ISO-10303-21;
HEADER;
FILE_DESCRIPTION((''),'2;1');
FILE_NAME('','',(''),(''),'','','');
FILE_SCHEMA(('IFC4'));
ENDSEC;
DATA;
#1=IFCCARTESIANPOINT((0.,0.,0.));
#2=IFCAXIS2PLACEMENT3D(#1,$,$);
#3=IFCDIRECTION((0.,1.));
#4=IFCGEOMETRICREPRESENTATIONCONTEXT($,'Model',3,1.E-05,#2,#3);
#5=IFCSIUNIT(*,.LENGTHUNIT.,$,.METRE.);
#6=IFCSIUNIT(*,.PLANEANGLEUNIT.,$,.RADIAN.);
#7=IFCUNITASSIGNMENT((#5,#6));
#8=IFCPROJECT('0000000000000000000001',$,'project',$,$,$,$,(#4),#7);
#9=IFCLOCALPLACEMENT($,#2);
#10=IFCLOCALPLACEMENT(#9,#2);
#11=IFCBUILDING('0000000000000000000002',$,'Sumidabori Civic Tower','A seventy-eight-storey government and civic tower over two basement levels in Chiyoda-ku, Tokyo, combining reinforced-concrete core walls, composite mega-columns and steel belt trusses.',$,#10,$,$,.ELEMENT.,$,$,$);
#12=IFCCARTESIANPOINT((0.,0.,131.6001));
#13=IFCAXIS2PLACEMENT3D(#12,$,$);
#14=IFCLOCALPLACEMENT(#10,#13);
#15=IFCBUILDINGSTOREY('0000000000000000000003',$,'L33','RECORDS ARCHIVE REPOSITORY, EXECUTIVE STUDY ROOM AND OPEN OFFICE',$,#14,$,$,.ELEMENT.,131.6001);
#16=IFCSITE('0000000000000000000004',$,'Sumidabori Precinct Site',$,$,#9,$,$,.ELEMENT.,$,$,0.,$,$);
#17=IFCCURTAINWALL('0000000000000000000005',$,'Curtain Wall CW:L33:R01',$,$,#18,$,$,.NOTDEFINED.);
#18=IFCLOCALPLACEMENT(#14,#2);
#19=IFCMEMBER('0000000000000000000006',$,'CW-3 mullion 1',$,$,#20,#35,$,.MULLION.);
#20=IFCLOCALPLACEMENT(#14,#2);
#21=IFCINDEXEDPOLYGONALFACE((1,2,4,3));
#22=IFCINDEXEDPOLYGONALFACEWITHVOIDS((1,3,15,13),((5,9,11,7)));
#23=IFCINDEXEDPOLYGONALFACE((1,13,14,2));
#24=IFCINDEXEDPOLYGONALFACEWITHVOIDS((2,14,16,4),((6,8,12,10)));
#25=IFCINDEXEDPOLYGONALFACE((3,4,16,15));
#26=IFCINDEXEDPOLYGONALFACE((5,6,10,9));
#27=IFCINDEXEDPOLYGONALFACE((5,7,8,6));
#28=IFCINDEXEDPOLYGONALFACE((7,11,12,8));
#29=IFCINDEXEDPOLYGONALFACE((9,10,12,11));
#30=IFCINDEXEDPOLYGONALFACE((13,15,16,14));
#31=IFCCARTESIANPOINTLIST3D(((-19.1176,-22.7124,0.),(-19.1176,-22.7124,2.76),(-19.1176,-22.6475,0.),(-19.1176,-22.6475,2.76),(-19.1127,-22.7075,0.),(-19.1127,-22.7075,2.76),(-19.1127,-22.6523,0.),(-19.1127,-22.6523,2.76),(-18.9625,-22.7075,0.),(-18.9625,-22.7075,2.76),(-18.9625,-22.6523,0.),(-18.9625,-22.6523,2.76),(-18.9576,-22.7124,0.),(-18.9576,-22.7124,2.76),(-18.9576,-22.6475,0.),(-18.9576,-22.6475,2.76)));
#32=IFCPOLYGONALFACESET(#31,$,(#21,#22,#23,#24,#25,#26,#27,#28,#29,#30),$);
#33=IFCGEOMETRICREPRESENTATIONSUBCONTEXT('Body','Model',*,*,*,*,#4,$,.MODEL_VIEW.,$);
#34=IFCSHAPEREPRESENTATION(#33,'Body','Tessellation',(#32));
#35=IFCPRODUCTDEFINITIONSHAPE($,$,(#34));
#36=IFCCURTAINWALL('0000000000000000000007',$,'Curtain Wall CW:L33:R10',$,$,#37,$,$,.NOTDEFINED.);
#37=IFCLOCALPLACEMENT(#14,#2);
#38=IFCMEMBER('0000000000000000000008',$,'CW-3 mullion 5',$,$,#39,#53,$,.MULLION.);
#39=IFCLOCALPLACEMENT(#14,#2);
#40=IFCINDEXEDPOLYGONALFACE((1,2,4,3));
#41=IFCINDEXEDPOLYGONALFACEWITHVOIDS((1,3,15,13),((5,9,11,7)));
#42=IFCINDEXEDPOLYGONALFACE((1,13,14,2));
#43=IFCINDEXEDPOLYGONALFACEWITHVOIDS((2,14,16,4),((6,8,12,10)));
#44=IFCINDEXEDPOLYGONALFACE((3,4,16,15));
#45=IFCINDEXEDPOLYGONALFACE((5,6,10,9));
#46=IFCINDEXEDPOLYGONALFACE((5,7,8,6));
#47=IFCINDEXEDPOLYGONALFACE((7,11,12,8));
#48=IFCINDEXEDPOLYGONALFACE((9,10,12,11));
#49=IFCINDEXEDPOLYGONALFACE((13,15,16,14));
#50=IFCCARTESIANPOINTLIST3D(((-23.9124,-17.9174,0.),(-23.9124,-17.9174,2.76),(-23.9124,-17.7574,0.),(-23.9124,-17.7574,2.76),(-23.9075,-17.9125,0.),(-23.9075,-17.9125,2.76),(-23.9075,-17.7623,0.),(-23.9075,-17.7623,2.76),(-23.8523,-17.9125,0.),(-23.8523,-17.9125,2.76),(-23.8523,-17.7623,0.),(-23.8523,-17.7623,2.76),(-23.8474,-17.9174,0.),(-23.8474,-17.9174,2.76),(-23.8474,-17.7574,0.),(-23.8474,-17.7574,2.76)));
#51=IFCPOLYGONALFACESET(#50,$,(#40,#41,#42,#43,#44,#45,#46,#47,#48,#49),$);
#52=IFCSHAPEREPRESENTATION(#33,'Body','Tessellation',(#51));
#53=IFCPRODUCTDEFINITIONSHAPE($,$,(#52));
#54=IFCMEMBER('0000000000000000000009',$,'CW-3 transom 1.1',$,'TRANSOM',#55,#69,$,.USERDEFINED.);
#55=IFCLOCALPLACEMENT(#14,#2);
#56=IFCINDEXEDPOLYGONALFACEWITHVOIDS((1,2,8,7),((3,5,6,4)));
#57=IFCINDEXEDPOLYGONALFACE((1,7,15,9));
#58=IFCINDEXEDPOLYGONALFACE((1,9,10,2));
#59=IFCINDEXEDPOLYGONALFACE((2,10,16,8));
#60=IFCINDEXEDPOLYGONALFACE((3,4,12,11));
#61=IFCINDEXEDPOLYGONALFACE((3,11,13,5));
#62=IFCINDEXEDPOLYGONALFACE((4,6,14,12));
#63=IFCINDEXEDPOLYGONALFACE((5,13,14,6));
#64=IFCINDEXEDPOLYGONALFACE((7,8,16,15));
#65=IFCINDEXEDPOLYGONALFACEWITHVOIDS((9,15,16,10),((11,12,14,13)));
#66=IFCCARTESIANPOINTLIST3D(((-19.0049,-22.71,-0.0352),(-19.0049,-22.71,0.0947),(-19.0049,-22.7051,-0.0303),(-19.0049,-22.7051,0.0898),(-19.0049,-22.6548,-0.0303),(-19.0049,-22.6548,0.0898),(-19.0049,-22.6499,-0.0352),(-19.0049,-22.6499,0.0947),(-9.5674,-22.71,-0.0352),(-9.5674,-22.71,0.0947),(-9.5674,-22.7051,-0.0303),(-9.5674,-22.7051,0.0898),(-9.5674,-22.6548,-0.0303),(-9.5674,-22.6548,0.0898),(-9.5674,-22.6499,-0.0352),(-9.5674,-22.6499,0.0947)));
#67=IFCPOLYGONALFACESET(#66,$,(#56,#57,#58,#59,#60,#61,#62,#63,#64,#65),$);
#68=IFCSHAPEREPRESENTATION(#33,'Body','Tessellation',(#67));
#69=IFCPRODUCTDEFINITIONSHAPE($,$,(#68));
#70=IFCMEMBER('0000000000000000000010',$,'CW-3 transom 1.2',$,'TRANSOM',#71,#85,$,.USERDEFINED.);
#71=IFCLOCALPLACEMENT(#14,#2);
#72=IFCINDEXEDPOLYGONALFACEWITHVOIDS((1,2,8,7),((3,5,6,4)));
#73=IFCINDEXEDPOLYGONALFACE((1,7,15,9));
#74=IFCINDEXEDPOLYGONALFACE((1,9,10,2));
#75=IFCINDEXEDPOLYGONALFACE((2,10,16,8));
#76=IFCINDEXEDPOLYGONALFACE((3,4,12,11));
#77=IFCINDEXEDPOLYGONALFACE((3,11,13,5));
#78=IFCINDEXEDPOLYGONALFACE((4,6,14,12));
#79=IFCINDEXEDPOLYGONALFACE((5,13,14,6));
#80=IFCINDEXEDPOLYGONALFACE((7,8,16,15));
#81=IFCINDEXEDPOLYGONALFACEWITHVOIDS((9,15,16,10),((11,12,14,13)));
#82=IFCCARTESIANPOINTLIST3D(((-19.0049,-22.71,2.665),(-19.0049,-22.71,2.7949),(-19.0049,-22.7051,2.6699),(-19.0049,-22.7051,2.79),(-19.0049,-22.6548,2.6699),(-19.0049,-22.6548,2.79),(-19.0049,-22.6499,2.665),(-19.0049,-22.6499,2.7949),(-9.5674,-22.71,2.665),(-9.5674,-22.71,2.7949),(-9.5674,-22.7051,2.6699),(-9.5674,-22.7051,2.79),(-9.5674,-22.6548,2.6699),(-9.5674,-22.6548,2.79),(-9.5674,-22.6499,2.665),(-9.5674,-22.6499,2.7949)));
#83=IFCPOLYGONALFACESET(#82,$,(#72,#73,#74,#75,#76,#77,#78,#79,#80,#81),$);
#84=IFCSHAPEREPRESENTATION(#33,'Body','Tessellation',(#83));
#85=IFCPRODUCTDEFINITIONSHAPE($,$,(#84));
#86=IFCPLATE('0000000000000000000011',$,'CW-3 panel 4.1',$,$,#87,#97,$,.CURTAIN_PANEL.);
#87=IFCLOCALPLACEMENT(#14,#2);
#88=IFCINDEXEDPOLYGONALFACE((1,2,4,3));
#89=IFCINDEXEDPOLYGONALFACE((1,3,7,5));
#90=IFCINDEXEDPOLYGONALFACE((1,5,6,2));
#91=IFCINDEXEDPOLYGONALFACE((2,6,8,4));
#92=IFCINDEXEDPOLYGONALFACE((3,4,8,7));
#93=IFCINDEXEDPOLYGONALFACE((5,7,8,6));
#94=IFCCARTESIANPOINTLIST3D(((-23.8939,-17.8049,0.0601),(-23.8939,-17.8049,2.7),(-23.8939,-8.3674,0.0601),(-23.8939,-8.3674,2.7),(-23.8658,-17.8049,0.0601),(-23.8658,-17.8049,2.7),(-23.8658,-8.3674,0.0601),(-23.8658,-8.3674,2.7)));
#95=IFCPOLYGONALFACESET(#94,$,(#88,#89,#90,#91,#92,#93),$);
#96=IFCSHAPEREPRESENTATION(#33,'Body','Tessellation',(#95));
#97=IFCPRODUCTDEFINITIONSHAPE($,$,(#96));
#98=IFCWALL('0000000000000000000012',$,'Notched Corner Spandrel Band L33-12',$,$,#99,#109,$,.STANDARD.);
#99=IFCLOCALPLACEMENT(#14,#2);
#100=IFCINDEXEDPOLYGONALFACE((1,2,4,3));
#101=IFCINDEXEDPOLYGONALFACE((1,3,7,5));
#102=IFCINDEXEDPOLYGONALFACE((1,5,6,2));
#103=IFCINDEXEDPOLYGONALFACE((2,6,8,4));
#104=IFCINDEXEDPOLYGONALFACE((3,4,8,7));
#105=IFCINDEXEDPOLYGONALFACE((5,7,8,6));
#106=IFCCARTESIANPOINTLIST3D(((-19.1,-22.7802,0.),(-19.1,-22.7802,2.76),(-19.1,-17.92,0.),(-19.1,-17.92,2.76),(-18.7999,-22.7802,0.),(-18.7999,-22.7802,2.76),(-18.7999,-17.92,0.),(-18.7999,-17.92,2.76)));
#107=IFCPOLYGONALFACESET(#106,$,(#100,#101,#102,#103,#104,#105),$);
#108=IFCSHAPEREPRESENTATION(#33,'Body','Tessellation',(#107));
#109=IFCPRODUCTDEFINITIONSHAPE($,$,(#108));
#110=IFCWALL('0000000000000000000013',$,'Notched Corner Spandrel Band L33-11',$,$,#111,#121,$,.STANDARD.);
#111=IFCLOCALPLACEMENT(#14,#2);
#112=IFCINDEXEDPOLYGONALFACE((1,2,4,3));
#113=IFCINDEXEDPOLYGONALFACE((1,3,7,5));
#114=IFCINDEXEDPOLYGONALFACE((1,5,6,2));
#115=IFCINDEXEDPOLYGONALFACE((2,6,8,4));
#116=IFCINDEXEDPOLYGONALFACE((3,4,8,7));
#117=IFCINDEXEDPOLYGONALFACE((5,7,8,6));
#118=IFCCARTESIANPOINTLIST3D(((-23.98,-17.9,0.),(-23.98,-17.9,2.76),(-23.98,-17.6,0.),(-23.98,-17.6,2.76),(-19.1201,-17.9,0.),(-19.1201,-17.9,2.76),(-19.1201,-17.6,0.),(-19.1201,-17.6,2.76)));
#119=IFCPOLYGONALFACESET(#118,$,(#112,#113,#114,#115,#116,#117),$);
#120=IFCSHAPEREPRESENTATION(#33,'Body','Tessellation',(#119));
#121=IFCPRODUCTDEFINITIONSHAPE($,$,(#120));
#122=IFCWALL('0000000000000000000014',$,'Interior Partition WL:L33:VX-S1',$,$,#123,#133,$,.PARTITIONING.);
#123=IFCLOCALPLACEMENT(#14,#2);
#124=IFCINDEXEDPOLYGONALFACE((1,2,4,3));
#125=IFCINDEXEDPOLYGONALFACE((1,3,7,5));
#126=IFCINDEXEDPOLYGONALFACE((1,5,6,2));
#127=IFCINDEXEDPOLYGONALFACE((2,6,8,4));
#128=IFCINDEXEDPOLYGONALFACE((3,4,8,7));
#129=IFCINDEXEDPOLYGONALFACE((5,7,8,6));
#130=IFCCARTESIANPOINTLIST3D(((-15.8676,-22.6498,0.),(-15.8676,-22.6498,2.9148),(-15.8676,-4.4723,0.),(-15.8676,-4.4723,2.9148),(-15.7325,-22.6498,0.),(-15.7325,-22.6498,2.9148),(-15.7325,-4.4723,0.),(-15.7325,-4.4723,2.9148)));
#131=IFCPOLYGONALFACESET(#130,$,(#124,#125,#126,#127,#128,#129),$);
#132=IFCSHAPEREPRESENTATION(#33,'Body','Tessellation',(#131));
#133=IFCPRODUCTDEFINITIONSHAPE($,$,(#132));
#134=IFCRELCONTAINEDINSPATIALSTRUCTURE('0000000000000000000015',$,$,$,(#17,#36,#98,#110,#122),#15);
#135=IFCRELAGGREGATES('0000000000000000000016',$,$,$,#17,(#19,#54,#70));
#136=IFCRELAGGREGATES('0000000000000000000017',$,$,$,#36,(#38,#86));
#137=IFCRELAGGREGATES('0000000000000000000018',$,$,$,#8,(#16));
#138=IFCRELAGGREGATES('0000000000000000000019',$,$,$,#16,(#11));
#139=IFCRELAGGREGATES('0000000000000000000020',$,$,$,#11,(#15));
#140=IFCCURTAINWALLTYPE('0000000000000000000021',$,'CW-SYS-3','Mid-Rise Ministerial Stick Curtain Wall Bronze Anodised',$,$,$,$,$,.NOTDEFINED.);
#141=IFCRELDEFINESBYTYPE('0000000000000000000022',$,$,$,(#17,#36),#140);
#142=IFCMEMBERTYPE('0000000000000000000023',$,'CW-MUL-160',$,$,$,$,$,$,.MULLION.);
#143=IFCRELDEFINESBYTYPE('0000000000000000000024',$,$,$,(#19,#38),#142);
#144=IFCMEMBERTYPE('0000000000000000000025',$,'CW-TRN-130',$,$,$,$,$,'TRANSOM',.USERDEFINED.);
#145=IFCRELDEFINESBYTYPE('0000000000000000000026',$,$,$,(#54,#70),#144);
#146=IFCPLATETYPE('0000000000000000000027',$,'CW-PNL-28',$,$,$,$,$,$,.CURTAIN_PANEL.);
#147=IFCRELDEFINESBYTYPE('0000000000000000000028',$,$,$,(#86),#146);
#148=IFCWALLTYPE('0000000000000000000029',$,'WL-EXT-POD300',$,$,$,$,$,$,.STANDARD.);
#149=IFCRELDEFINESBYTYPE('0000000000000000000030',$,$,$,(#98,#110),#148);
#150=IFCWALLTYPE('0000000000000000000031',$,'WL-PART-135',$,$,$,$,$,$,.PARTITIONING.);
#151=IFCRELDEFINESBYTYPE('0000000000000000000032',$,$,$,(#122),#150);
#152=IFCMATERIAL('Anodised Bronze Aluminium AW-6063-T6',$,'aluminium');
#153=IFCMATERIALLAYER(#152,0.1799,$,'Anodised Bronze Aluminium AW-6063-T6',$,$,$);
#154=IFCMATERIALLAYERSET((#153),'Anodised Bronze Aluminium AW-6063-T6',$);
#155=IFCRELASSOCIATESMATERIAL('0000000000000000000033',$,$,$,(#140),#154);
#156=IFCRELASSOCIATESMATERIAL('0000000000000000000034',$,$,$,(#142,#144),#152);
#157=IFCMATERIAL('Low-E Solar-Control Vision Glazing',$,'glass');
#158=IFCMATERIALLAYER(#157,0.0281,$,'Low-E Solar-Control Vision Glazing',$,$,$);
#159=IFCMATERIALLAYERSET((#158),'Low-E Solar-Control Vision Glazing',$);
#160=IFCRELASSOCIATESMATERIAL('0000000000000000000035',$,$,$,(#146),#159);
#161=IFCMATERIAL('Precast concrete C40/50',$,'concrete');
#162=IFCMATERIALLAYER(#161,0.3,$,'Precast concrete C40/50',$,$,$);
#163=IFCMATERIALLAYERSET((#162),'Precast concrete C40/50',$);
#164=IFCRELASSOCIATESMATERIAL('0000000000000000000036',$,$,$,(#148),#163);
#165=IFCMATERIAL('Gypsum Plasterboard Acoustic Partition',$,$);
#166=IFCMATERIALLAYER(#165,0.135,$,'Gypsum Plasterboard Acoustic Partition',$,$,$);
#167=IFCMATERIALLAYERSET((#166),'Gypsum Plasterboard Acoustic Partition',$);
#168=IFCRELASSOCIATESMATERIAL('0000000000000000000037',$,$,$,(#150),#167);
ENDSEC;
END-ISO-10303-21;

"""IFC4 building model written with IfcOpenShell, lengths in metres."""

from ifc_helpers import new_model, si_unit, direction, frame, frame_2d, origin, origin_2d, place, context, subcontext, project, spatial, rectangle, hollow_rectangle, extrude, source, transform, mapped, material, layer, layer_set, material_profile, profile_set, type_object, element, aggregate, save


model = new_model("IFC4")

# Units and contexts
model_context = context("Model", 3, precision=1e-05, world=origin(), true_north=direction((0.0, 1.0)))
body_context = subcontext(model_context, "Body", "Model", "MODEL_VIEW")
ifc_project = project(units=[si_unit("LENGTHUNIT", "METRE"), si_unit("PLANEANGLEUNIT", "RADIAN")], contexts=[model_context])

# Site, building, storey
site_placement = place(None, origin())
site = spatial("IfcSite", under=ifc_project, at=site_placement, Name="Sumidabori Precinct Site", CompositionType="ELEMENT", RefElevation=0.0)
building_placement = place(site_placement, origin())
building = spatial("IfcBuilding", under=site, at=building_placement, Name="Sumidabori Civic Tower", Description="A seventy-eight-storey government and civic tower over two basement levels in Chiyoda-ku, Tokyo, combining reinforced-concrete core walls, composite mega-columns and steel belt trusses.", CompositionType="ELEMENT")
storey_placement = place(building_placement, frame((0.0, 0.0, 131.6001)))
storey = spatial("IfcBuildingStorey", under=building, at=storey_placement, Name="L33", Description="RECORDS ARCHIVE REPOSITORY, EXECUTIVE STUDY ROOM AND OPEN OFFICE", CompositionType="ELEMENT", Elevation=131.6001)

# Curtain walls, members
ifc_material_1 = material(Name="Anodised Bronze Aluminium AW-6063-T6", Category="aluminium")
ifc_layer_1 = layer(ifc_material_1, 0.1799, Name="Anodised Bronze Aluminium AW-6063-T6")
ifc_layer_set_1 = layer_set([ifc_layer_1], Name="Anodised Bronze Aluminium AW-6063-T6")
curtain_wall_type = type_object("IfcCurtainWallType", Name="CW-SYS-3", Description="Mid-Rise Ministerial Stick Curtain Wall Bronze Anodised", PredefinedType="NOTDEFINED", material=ifc_layer_set_1)
curtain_wall_1_placement = place(storey_placement, origin())
curtain_wall_1 = element("IfcCurtainWall", 1, at=curtain_wall_1_placement, inside=storey, type_object=curtain_wall_type, Name="Curtain Wall CW:L33:R01", PredefinedType="NOTDEFINED")
ifc_material_profile_1 = material_profile(ifc_material_1, hollow_rectangle(XDim=0.0649, YDim=0.1599, WallThickness=0.0049, at=origin_2d()), Name="ALU MULLION 160x65")
ifc_profile_set_1 = profile_set([ifc_material_profile_1], Name="Anodised Bronze Aluminium AW-6063-T6")
member_type_1 = type_object("IfcMemberType", Name="CW-MUL-160", PredefinedType="MULLION", material=ifc_profile_set_1)
shared_shape_1 = source(origin(), body_context, "Body", "SweptSolid", [
    extrude(hollow_rectangle(XDim=0.0649, YDim=0.1599, WallThickness=0.0049, at=origin_2d()), origin(), (0.0, 0.0, 1.0), 2.76),
])
member_1_placement = place(storey_placement, frame((-19.0376, -22.6799, 0.0), z_axis=(0.0, 0.0, 1.0), x_axis=(0.0, 1.0, 0.0)))
member_1 = element("IfcMember", 2, at=member_1_placement, type_object=member_type_1, Name="CW-3 mullion 1", PredefinedType="MULLION", context=body_context, shape_type="MappedRepresentation", body=[
    mapped(shared_shape_1, transform((0.0, 0.0, 0.0), x_axis=(1.0, 0.0, 0.0), y_axis=(0.0, 1.0, 0.0), z_axis=(0.0, 0.0, 1.0), scale=1.0)),
])
curtain_wall_2_placement = place(storey_placement, origin())
curtain_wall_2 = element("IfcCurtainWall", 3, at=curtain_wall_2_placement, inside=storey, type_object=curtain_wall_type, Name="Curtain Wall CW:L33:R10", PredefinedType="NOTDEFINED")
member_2_placement = place(storey_placement, frame((-23.8799, -17.8374, 0.0), z_axis=(0.0, 0.0, 1.0), x_axis=(1.0, 0.0, 0.0)))
member_2 = element("IfcMember", 4, at=member_2_placement, type_object=member_type_1, Name="CW-3 mullion 5", PredefinedType="MULLION", context=body_context, shape_type="MappedRepresentation", body=[
    mapped(shared_shape_1, transform((0.0, 0.0, 0.0), x_axis=(1.0, 0.0, 0.0), y_axis=(0.0, 1.0, 0.0), z_axis=(0.0, 0.0, 1.0), scale=1.0)),
])

# Members
ifc_material_profile_2 = material_profile(ifc_material_1, hollow_rectangle(XDim=0.0601, YDim=0.1299, WallThickness=0.0049, at=origin_2d()), Name="ALU TRANSOM 130x60")
ifc_profile_set_2 = profile_set([ifc_material_profile_2], Name="Anodised Bronze Aluminium AW-6063-T6")
member_type_2 = type_object("IfcMemberType", Name="CW-TRN-130", ElementType="TRANSOM", PredefinedType="USERDEFINED", material=ifc_profile_set_2)
shared_shape_2 = source(origin(), body_context, "Body", "SweptSolid", [
    extrude(hollow_rectangle(XDim=0.0601, YDim=0.1299, WallThickness=0.0049, at=origin_2d()), origin(), (0.0, 0.0, 1.0), 9.4375),
])
member_3_placement = place(storey_placement, frame((-19.0049, -22.6799, 0.0298), z_axis=(1.0, 0.0, 0.0), x_axis=(0.0, 1.0, 0.0)))
member_3 = element("IfcMember", 5, at=member_3_placement, type_object=member_type_2, Name="CW-3 transom 1.1", ObjectType="TRANSOM", PredefinedType="USERDEFINED", context=body_context, shape_type="MappedRepresentation", body=[
    mapped(shared_shape_2, transform((0.0, 0.0, 0.0), x_axis=(1.0, 0.0, 0.0), y_axis=(0.0, 1.0, 0.0), z_axis=(0.0, 0.0, 1.0), scale=1.0)),
])
member_4_placement = place(storey_placement, frame((-19.0049, -22.6799, 2.73), z_axis=(1.0, 0.0, 0.0), x_axis=(0.0, 1.0, 0.0)))
member_4 = element("IfcMember", 6, at=member_4_placement, type_object=member_type_2, Name="CW-3 transom 1.2", ObjectType="TRANSOM", PredefinedType="USERDEFINED", context=body_context, shape_type="MappedRepresentation", body=[
    mapped(shared_shape_2, transform((0.0, 0.0, 0.0), x_axis=(1.0, 0.0, 0.0), y_axis=(0.0, 1.0, 0.0), z_axis=(0.0, 0.0, 1.0), scale=1.0)),
])
aggregate(curtain_wall_1, [member_1, member_3, member_4])

# Plate
ifc_material_2 = material(Name="Low-E Solar-Control Vision Glazing", Category="glass")
ifc_layer_2 = layer(ifc_material_2, 0.0281, Name="Low-E Solar-Control Vision Glazing")
ifc_layer_set_2 = layer_set([ifc_layer_2], Name="Low-E Solar-Control Vision Glazing")
plate_type = type_object("IfcPlateType", Name="CW-PNL-28", PredefinedType="CURTAIN_PANEL", material=ifc_layer_set_2)
shared_shape_3 = source(origin(), body_context, "Body", "SweptSolid", [
    extrude(rectangle(XDim=9.4375, YDim=0.0281, at=origin_2d()), origin(), (0.0, 0.0, 1.0), 2.6399),
])
plate_placement = place(storey_placement, frame((-23.8799, -13.0862, 0.0601), z_axis=(0.0, 0.0, 1.0), x_axis=(0.0, -1.0, 0.0)))
plate = element("IfcPlate", 7, at=plate_placement, type_object=plate_type, Name="CW-3 panel 4.1", PredefinedType="CURTAIN_PANEL", context=body_context, shape_type="MappedRepresentation", body=[
    mapped(shared_shape_3, transform((0.0, 0.0, 0.0), x_axis=(1.0, 0.0, 0.0), y_axis=(0.0, 1.0, 0.0), z_axis=(0.0, 0.0, 1.0), scale=1.0)),
])
aggregate(curtain_wall_2, [member_2, plate])

# Walls
ifc_material_3 = material(Name="Precast concrete C40/50", Category="concrete")
ifc_layer_3 = layer(ifc_material_3, 0.3, Name="Precast concrete C40/50")
ifc_layer_set_3 = layer_set([ifc_layer_3], Name="Precast concrete C40/50")
wall_type_1 = type_object("IfcWallType", Name="WL-EXT-POD300", PredefinedType="STANDARD", material=ifc_layer_set_3)
shared_shape_4 = source(origin(), body_context, "Body", "SweptSolid", [
    extrude(rectangle(XDim=4.8601, YDim=0.3, at=frame_2d((2.4302, 0.0))), origin(), (0.0, 0.0, 1.0), 2.76),
])
wall_1_placement = place(storey_placement, frame((-18.95, -17.9199, 0.0), z_axis=(0.0, 0.0, 1.0), x_axis=(0.0, -1.0, 0.0)))
element("IfcWall", 8, at=wall_1_placement, inside=storey, type_object=wall_type_1, Name="Notched Corner Spandrel Band L33-12", PredefinedType="STANDARD", context=body_context, shape_type="MappedRepresentation", body=[
    mapped(shared_shape_4, transform((0.0, 0.0, 0.0), x_axis=(1.0, 0.0, 0.0), y_axis=(0.0, 1.0, 0.0), z_axis=(0.0, 0.0, 1.0), scale=1.0)),
])
shared_shape_5 = source(origin(), body_context, "Body", "SweptSolid", [
    extrude(rectangle(XDim=4.8599, YDim=0.3, at=frame_2d((2.4299, 0.0))), origin(), (0.0, 0.0, 1.0), 2.76),
])
wall_2_placement = place(storey_placement, frame((-23.98, -17.75, 0.0), z_axis=(0.0, 0.0, 1.0), x_axis=(1.0, 0.0, 0.0)))
element("IfcWall", 9, at=wall_2_placement, inside=storey, type_object=wall_type_1, Name="Notched Corner Spandrel Band L33-11", PredefinedType="STANDARD", context=body_context, shape_type="MappedRepresentation", body=[
    mapped(shared_shape_5, transform((0.0, 0.0, 0.0), x_axis=(1.0, 0.0, 0.0), y_axis=(0.0, 1.0, 0.0), z_axis=(0.0, 0.0, 1.0), scale=1.0)),
])
ifc_material_4 = material(Name="Gypsum Plasterboard Acoustic Partition")
ifc_layer_4 = layer(ifc_material_4, 0.135, Name="Gypsum Plasterboard Acoustic Partition")
ifc_layer_set_4 = layer_set([ifc_layer_4], Name="Gypsum Plasterboard Acoustic Partition")
wall_type_2 = type_object("IfcWallType", Name="WL-PART-135", PredefinedType="PARTITIONING", material=ifc_layer_set_4)
shared_shape_6 = source(origin(), body_context, "Body", "SweptSolid", [
    extrude(rectangle(XDim=18.1775, YDim=0.135, at=frame_2d((9.0889, 0.0))), origin(), (0.0, 0.0, 1.0), 2.9148),
])
wall_3_placement = place(storey_placement, frame((-15.8, -22.6499, 0.0), z_axis=(0.0, 0.0, 1.0), x_axis=(0.0, 1.0, 0.0)))
element("IfcWall", 10, at=wall_3_placement, inside=storey, type_object=wall_type_2, Name="Interior Partition WL:L33:VX-S1", PredefinedType="PARTITIONING", context=body_context, shape_type="MappedRepresentation", body=[
    mapped(shared_shape_6, transform((0.0, 0.0, 0.0), x_axis=(1.0, 0.0, 0.0), y_axis=(0.0, 1.0, 0.0), z_axis=(0.0, 0.0, 1.0), scale=1.0)),
])

save(model, "model.ifc")
